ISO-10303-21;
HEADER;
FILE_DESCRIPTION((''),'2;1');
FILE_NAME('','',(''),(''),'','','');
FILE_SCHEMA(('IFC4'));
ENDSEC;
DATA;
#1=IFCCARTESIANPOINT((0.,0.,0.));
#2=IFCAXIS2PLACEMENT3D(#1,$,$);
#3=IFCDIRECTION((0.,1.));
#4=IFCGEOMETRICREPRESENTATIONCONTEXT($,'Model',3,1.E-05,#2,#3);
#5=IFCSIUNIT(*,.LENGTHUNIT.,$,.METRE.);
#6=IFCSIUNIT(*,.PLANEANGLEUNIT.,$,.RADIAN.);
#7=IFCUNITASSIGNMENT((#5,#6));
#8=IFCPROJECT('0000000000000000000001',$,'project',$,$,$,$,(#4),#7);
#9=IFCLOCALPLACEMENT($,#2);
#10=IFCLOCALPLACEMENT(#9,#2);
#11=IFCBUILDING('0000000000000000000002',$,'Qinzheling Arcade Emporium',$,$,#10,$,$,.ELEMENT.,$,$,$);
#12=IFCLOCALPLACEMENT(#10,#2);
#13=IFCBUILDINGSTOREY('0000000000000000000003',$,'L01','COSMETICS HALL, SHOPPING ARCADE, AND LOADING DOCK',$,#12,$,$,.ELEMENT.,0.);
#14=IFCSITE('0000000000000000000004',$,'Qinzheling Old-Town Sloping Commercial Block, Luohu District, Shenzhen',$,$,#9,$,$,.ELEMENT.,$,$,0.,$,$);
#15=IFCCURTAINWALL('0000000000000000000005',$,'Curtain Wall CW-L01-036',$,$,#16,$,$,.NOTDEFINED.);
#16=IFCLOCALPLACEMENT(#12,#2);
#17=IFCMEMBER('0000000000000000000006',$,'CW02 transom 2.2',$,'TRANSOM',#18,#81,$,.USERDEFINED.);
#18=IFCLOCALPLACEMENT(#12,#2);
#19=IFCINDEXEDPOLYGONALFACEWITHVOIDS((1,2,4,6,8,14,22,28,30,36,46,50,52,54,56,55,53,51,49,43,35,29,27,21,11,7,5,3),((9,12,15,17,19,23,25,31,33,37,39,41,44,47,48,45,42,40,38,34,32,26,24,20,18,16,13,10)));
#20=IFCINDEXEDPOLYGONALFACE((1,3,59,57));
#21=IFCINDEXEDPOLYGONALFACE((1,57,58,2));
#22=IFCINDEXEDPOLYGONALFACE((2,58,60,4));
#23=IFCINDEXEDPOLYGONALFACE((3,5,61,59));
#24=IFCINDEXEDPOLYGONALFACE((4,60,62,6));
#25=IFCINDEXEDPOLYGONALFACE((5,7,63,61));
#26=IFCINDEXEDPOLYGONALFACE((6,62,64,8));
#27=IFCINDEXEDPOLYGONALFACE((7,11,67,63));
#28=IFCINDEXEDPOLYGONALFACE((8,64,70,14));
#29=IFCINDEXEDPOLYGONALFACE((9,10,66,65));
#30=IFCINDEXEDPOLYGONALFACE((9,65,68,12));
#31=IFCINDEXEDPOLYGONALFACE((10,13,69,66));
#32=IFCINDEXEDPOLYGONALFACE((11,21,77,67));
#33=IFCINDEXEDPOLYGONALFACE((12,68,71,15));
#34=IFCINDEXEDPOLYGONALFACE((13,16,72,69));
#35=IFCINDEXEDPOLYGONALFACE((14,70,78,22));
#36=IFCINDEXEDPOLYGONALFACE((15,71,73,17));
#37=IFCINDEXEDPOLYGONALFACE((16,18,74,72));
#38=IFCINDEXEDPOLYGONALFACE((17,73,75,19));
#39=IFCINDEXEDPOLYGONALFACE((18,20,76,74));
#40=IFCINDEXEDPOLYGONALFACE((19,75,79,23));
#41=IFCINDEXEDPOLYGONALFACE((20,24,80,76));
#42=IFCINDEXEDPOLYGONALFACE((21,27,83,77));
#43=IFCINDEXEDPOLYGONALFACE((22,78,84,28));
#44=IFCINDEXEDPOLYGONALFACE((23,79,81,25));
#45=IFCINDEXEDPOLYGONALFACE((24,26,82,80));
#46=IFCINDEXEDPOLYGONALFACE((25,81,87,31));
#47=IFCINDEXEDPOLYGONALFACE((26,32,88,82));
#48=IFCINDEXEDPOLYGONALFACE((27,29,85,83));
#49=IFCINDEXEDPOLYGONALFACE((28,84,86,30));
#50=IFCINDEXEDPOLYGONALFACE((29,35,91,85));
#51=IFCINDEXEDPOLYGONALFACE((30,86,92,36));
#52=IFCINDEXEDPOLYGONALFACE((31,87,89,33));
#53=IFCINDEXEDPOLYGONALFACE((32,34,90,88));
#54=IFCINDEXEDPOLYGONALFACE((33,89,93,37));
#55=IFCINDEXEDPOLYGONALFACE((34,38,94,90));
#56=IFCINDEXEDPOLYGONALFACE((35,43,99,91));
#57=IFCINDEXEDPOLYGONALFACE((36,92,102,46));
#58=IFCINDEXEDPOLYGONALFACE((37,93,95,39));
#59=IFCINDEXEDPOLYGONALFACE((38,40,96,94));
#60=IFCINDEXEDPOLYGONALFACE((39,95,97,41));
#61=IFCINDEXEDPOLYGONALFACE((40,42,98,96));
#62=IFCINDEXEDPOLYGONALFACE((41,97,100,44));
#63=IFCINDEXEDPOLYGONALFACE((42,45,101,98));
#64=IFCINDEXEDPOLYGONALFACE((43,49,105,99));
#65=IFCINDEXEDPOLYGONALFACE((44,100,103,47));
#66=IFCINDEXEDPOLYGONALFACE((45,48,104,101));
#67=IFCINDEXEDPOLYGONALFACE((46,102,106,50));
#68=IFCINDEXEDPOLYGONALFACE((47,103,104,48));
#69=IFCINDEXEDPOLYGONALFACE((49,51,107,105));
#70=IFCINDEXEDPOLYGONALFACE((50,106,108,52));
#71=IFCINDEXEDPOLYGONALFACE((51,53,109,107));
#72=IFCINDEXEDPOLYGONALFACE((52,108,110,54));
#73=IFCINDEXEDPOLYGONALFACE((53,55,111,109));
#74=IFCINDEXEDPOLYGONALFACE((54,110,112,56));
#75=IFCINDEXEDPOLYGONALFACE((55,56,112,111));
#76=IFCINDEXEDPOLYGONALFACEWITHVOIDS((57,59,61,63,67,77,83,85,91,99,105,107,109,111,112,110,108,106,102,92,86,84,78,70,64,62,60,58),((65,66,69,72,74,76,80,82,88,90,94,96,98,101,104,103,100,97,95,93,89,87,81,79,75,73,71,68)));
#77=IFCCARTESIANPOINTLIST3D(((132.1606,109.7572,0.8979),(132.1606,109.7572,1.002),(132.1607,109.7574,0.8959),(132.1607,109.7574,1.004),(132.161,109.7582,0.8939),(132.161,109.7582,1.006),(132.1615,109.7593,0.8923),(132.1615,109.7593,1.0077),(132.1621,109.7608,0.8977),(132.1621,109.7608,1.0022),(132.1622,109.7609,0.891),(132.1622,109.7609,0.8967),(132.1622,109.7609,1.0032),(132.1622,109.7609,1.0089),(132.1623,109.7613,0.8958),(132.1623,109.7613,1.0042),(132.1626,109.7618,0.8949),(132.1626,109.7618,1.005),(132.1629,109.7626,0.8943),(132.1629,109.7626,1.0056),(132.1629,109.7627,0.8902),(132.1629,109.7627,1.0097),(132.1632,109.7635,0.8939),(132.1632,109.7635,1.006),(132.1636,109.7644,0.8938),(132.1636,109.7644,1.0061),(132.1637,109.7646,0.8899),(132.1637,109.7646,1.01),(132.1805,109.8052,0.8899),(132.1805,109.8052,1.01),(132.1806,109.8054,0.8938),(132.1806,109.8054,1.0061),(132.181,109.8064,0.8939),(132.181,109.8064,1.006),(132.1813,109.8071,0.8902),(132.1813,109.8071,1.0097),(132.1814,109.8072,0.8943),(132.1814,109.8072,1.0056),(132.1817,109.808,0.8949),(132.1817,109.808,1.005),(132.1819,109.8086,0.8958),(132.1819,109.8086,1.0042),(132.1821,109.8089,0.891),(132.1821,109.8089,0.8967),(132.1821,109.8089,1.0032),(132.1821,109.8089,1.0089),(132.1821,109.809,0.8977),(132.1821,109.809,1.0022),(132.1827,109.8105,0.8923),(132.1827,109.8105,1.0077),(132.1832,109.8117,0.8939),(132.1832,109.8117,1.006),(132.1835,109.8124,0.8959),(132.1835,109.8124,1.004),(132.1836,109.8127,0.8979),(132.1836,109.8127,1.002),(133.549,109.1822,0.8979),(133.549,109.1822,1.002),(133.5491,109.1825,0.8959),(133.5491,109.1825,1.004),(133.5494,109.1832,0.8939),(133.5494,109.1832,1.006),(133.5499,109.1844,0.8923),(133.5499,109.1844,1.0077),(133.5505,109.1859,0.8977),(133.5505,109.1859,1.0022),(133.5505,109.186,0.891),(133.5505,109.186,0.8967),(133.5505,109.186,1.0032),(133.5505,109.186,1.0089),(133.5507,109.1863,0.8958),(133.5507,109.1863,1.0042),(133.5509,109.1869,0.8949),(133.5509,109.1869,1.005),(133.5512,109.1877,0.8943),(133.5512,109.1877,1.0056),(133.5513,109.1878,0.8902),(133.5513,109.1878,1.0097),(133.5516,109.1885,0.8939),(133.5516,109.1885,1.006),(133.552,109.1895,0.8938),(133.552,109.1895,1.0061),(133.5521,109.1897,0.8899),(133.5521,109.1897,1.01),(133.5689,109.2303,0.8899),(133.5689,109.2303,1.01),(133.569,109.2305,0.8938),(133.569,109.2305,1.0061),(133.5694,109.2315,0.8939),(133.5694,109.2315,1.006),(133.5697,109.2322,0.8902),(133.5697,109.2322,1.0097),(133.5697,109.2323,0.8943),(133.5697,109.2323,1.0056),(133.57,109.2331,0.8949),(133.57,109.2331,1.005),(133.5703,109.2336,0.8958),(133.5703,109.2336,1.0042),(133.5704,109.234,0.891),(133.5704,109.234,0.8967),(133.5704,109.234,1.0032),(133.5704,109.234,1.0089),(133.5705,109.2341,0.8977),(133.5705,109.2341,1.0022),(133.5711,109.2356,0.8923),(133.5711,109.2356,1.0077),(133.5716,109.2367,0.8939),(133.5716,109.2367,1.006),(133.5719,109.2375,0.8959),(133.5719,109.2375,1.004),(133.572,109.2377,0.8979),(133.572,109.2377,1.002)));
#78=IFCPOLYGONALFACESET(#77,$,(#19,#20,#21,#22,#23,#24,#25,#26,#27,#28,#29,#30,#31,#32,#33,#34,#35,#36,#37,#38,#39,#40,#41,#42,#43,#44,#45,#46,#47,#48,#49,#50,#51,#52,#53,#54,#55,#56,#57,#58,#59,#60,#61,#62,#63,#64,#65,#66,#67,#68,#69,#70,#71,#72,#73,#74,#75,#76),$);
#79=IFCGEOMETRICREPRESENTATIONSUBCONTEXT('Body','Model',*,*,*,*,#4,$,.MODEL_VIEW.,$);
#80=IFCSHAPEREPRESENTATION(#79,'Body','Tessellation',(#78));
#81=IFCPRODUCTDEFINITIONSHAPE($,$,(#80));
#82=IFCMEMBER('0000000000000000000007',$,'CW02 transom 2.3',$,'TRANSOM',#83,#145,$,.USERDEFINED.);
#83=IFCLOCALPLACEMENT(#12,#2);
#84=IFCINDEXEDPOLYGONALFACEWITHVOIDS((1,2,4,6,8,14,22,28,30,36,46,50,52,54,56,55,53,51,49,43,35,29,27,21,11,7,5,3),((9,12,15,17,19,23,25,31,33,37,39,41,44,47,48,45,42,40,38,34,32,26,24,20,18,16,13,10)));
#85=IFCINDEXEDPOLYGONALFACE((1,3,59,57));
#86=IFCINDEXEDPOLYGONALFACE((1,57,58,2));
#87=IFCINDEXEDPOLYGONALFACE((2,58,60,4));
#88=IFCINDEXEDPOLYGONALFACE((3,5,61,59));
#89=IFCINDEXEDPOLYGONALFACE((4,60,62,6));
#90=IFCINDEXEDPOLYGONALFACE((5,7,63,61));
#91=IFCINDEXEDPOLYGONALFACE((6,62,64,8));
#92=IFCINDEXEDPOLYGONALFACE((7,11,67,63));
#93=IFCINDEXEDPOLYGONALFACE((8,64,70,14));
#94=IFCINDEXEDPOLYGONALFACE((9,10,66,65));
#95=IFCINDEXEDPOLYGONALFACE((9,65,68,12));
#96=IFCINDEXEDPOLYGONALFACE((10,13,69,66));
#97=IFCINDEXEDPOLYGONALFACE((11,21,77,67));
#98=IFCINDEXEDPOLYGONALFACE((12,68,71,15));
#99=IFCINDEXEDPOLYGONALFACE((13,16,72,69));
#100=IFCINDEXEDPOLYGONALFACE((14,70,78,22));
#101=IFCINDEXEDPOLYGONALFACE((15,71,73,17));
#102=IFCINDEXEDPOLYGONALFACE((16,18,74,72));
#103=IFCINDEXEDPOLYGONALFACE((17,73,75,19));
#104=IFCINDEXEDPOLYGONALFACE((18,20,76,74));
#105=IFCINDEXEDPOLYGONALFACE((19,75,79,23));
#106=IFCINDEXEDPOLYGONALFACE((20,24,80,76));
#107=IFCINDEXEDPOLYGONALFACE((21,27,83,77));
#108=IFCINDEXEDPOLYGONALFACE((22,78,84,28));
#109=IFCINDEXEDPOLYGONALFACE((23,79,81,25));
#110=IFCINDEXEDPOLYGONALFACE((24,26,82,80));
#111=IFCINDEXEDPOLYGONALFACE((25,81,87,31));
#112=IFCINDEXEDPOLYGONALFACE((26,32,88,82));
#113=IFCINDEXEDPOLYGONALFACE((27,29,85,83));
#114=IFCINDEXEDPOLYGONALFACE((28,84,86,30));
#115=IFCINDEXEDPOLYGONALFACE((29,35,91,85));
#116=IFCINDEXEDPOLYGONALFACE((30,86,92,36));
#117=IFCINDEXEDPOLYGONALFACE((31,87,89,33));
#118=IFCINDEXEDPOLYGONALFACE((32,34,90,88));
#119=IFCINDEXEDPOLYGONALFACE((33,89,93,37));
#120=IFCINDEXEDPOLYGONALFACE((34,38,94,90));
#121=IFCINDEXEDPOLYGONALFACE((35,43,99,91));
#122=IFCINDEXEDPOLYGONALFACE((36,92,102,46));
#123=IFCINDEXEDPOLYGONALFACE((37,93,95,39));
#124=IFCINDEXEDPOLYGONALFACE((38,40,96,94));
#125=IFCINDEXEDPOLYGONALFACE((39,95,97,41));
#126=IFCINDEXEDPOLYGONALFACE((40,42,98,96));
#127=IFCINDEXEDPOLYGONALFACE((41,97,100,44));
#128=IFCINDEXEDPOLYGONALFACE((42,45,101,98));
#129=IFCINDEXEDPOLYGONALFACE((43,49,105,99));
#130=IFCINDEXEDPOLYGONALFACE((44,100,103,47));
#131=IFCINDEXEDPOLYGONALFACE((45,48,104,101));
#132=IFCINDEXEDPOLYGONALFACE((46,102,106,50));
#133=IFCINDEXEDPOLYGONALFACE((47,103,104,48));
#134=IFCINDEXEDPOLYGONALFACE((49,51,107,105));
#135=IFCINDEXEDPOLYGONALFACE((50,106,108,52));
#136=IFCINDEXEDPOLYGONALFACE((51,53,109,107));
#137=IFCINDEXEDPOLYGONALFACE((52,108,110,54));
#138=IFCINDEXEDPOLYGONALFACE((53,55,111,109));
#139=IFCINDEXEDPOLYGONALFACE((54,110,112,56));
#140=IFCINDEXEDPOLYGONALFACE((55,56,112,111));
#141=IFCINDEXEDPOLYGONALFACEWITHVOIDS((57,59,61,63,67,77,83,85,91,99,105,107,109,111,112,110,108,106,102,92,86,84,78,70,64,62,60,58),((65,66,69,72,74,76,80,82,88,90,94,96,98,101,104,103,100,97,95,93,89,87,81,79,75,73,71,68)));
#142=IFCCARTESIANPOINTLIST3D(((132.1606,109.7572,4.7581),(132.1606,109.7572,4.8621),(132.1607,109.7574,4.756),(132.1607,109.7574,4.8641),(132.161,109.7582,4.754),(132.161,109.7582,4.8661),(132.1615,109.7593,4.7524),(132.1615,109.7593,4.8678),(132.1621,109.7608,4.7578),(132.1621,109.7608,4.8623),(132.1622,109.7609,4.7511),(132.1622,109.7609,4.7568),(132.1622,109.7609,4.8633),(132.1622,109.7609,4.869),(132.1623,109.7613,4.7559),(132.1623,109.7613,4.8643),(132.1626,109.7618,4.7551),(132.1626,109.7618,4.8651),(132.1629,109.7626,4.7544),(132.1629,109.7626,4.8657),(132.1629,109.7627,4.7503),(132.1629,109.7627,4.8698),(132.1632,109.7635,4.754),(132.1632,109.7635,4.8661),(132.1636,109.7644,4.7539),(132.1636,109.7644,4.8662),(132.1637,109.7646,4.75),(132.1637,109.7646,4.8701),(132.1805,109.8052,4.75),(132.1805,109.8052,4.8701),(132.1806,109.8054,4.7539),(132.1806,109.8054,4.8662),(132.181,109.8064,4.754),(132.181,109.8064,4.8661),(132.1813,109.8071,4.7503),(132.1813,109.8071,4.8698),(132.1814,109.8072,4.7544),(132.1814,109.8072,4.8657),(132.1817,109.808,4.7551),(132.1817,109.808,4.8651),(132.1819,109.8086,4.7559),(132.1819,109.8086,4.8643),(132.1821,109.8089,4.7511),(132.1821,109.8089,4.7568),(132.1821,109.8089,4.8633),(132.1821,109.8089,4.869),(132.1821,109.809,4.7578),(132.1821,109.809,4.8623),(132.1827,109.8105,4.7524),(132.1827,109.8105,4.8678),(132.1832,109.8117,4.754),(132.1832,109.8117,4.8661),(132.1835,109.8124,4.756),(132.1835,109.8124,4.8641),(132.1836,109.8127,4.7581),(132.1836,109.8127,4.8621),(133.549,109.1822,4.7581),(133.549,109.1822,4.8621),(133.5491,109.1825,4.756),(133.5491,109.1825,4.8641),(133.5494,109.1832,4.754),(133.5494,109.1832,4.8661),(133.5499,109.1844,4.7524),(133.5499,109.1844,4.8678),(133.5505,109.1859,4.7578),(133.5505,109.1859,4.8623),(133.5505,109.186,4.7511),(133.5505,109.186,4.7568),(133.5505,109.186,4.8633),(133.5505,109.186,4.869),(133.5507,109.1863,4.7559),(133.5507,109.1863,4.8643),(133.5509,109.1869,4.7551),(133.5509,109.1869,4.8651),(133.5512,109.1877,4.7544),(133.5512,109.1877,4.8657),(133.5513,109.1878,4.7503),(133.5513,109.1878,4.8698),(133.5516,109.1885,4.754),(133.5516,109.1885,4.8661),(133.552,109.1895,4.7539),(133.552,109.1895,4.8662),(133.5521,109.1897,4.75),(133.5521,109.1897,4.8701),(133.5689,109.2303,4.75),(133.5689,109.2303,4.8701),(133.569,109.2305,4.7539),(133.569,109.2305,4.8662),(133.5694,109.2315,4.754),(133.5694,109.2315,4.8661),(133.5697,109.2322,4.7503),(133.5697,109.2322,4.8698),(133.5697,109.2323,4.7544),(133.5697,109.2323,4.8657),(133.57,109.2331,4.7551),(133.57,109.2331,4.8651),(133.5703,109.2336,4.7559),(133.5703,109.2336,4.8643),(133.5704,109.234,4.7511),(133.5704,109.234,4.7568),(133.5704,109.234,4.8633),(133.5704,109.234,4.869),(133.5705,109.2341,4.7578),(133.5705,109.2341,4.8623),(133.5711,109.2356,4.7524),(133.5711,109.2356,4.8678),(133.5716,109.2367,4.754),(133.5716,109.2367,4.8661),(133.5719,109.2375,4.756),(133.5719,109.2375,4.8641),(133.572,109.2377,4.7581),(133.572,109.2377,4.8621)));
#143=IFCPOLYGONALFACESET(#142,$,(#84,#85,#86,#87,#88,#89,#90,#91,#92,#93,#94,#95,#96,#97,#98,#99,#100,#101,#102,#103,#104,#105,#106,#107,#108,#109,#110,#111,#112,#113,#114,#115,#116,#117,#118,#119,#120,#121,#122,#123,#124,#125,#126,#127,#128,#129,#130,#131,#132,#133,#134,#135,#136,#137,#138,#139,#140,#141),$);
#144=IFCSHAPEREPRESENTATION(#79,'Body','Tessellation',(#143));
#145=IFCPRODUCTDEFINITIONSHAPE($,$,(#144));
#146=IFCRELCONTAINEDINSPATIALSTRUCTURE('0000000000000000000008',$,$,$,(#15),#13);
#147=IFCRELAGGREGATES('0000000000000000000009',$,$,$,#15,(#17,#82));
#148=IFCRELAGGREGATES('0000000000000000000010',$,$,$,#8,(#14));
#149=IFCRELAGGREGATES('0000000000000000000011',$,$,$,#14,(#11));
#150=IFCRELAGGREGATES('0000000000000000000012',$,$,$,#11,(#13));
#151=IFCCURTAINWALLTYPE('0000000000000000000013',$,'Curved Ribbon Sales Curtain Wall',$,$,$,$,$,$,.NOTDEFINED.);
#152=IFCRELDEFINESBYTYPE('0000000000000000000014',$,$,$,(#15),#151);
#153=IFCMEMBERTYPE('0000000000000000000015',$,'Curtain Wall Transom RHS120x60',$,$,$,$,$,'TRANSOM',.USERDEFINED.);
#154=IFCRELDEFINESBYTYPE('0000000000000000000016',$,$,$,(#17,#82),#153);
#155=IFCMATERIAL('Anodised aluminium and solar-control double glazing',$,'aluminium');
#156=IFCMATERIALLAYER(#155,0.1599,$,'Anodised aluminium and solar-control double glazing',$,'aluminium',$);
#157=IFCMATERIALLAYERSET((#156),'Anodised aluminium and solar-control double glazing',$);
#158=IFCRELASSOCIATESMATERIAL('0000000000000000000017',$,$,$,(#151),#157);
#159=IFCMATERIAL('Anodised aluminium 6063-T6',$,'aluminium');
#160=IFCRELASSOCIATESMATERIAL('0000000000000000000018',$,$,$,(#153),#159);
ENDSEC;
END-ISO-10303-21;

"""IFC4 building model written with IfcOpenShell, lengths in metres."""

from ifc_helpers import new_model, si_unit, direction, frame, origin, origin_2d, place, context, subcontext, project, spatial, hollow_rectangle, extrude, material, layer, layer_set, material_profile, profile_set, type_object, element, aggregate, save


model = new_model("IFC4")

# Units and contexts
model_context = context("Model", 3, precision=1e-05, world=origin(), true_north=direction((0.0, 1.0)))
body_context = subcontext(model_context, "Body", "Model", "MODEL_VIEW")
ifc_project = project(units=[si_unit("LENGTHUNIT", "METRE"), si_unit("PLANEANGLEUNIT", "RADIAN")], contexts=[model_context])

# Site, building, storey
site_placement = place(None, origin())
site = spatial("IfcSite", under=ifc_project, at=site_placement, Name="Qinzheling Old-Town Sloping Commercial Block, Luohu District, Shenzhen", CompositionType="ELEMENT", RefElevation=0.0)
building_placement = place(site_placement, origin())
building = spatial("IfcBuilding", under=site, at=building_placement, Name="Qinzheling Arcade Emporium", CompositionType="ELEMENT")
storey_placement = place(building_placement, origin())
storey = spatial("IfcBuildingStorey", under=building, at=storey_placement, Name="L01", Description="COSMETICS HALL, SHOPPING ARCADE, AND LOADING DOCK", CompositionType="ELEMENT", Elevation=0.0)

# Curtain wall, members
ifc_material_1 = material(Name="Anodised aluminium and solar-control double glazing", Category="aluminium")
ifc_layer_1 = layer(ifc_material_1, 0.1599, Name="Anodised aluminium and solar-control double glazing", Category="aluminium")
ifc_layer_set_1 = layer_set([ifc_layer_1], Name="Anodised aluminium and solar-control double glazing")
curtain_wall_type = type_object("IfcCurtainWallType", Name="Curved Ribbon Sales Curtain Wall", PredefinedType="NOTDEFINED", material=ifc_layer_set_1)
curtain_wall_placement = place(storey_placement, origin())
curtain_wall = element("IfcCurtainWall", 1, at=curtain_wall_placement, inside=storey, type_object=curtain_wall_type, Name="Curtain Wall CW-L01-036", PredefinedType="NOTDEFINED")
ifc_material_2 = material(Name="Anodised aluminium 6063-T6", Category="aluminium")
ifc_material_profile_1 = material_profile(ifc_material_2, hollow_rectangle(XDim=0.0601, YDim=0.1201, WallThickness=0.0039, InnerFilletRadius=0.0039, OuterFilletRadius=0.0081, at=origin_2d()), Name="RHS 120x60x4", Category="aluminium")
ifc_profile_set_1 = profile_set([ifc_material_profile_1], Name="Anodised aluminium 6063-T6")
member_type_1 = type_object("IfcMemberType", Name="Curtain Wall Transom RHS120x60", ElementType="TRANSOM", PredefinedType="USERDEFINED", material=ifc_profile_set_1)
member_1_placement = place(storey_placement, frame((132.1721, 109.7849, 0.95), z_axis=(0.923916, -0.382596, 0.0), x_axis=(0.382596, 0.923916, 0.0)))
member_1 = element("IfcMember", 2, at=member_1_placement, type_object=member_type_1, Name="CW02 transom 2.2", ObjectType="TRANSOM", PredefinedType="USERDEFINED", context=body_context, shape_type="SweptSolid", body=[
    extrude(hollow_rectangle(XDim=0.0601, YDim=0.1201, WallThickness=0.0039, InnerFilletRadius=0.0039, OuterFilletRadius=0.0081, at=origin_2d()), origin(), (0.0, 0.0, 1.0), 1.5027),
])
member_2_placement = place(storey_placement, frame((132.1721, 109.7849, 4.8101), z_axis=(0.923916, -0.382596, 0.0), x_axis=(0.382596, 0.923916, 0.0)))
member_2 = element("IfcMember", 3, at=member_2_placement, type_object=member_type_1, Name="CW02 transom 2.3", ObjectType="TRANSOM", PredefinedType="USERDEFINED", context=body_context, shape_type="SweptSolid", body=[
    extrude(hollow_rectangle(XDim=0.0601, YDim=0.1201, WallThickness=0.0039, InnerFilletRadius=0.0039, OuterFilletRadius=0.0081, at=origin_2d()), origin(), (0.0, 0.0, 1.0), 1.5027),
])

aggregate(curtain_wall, [member_1, member_2])

save(model, "model.ifc")
